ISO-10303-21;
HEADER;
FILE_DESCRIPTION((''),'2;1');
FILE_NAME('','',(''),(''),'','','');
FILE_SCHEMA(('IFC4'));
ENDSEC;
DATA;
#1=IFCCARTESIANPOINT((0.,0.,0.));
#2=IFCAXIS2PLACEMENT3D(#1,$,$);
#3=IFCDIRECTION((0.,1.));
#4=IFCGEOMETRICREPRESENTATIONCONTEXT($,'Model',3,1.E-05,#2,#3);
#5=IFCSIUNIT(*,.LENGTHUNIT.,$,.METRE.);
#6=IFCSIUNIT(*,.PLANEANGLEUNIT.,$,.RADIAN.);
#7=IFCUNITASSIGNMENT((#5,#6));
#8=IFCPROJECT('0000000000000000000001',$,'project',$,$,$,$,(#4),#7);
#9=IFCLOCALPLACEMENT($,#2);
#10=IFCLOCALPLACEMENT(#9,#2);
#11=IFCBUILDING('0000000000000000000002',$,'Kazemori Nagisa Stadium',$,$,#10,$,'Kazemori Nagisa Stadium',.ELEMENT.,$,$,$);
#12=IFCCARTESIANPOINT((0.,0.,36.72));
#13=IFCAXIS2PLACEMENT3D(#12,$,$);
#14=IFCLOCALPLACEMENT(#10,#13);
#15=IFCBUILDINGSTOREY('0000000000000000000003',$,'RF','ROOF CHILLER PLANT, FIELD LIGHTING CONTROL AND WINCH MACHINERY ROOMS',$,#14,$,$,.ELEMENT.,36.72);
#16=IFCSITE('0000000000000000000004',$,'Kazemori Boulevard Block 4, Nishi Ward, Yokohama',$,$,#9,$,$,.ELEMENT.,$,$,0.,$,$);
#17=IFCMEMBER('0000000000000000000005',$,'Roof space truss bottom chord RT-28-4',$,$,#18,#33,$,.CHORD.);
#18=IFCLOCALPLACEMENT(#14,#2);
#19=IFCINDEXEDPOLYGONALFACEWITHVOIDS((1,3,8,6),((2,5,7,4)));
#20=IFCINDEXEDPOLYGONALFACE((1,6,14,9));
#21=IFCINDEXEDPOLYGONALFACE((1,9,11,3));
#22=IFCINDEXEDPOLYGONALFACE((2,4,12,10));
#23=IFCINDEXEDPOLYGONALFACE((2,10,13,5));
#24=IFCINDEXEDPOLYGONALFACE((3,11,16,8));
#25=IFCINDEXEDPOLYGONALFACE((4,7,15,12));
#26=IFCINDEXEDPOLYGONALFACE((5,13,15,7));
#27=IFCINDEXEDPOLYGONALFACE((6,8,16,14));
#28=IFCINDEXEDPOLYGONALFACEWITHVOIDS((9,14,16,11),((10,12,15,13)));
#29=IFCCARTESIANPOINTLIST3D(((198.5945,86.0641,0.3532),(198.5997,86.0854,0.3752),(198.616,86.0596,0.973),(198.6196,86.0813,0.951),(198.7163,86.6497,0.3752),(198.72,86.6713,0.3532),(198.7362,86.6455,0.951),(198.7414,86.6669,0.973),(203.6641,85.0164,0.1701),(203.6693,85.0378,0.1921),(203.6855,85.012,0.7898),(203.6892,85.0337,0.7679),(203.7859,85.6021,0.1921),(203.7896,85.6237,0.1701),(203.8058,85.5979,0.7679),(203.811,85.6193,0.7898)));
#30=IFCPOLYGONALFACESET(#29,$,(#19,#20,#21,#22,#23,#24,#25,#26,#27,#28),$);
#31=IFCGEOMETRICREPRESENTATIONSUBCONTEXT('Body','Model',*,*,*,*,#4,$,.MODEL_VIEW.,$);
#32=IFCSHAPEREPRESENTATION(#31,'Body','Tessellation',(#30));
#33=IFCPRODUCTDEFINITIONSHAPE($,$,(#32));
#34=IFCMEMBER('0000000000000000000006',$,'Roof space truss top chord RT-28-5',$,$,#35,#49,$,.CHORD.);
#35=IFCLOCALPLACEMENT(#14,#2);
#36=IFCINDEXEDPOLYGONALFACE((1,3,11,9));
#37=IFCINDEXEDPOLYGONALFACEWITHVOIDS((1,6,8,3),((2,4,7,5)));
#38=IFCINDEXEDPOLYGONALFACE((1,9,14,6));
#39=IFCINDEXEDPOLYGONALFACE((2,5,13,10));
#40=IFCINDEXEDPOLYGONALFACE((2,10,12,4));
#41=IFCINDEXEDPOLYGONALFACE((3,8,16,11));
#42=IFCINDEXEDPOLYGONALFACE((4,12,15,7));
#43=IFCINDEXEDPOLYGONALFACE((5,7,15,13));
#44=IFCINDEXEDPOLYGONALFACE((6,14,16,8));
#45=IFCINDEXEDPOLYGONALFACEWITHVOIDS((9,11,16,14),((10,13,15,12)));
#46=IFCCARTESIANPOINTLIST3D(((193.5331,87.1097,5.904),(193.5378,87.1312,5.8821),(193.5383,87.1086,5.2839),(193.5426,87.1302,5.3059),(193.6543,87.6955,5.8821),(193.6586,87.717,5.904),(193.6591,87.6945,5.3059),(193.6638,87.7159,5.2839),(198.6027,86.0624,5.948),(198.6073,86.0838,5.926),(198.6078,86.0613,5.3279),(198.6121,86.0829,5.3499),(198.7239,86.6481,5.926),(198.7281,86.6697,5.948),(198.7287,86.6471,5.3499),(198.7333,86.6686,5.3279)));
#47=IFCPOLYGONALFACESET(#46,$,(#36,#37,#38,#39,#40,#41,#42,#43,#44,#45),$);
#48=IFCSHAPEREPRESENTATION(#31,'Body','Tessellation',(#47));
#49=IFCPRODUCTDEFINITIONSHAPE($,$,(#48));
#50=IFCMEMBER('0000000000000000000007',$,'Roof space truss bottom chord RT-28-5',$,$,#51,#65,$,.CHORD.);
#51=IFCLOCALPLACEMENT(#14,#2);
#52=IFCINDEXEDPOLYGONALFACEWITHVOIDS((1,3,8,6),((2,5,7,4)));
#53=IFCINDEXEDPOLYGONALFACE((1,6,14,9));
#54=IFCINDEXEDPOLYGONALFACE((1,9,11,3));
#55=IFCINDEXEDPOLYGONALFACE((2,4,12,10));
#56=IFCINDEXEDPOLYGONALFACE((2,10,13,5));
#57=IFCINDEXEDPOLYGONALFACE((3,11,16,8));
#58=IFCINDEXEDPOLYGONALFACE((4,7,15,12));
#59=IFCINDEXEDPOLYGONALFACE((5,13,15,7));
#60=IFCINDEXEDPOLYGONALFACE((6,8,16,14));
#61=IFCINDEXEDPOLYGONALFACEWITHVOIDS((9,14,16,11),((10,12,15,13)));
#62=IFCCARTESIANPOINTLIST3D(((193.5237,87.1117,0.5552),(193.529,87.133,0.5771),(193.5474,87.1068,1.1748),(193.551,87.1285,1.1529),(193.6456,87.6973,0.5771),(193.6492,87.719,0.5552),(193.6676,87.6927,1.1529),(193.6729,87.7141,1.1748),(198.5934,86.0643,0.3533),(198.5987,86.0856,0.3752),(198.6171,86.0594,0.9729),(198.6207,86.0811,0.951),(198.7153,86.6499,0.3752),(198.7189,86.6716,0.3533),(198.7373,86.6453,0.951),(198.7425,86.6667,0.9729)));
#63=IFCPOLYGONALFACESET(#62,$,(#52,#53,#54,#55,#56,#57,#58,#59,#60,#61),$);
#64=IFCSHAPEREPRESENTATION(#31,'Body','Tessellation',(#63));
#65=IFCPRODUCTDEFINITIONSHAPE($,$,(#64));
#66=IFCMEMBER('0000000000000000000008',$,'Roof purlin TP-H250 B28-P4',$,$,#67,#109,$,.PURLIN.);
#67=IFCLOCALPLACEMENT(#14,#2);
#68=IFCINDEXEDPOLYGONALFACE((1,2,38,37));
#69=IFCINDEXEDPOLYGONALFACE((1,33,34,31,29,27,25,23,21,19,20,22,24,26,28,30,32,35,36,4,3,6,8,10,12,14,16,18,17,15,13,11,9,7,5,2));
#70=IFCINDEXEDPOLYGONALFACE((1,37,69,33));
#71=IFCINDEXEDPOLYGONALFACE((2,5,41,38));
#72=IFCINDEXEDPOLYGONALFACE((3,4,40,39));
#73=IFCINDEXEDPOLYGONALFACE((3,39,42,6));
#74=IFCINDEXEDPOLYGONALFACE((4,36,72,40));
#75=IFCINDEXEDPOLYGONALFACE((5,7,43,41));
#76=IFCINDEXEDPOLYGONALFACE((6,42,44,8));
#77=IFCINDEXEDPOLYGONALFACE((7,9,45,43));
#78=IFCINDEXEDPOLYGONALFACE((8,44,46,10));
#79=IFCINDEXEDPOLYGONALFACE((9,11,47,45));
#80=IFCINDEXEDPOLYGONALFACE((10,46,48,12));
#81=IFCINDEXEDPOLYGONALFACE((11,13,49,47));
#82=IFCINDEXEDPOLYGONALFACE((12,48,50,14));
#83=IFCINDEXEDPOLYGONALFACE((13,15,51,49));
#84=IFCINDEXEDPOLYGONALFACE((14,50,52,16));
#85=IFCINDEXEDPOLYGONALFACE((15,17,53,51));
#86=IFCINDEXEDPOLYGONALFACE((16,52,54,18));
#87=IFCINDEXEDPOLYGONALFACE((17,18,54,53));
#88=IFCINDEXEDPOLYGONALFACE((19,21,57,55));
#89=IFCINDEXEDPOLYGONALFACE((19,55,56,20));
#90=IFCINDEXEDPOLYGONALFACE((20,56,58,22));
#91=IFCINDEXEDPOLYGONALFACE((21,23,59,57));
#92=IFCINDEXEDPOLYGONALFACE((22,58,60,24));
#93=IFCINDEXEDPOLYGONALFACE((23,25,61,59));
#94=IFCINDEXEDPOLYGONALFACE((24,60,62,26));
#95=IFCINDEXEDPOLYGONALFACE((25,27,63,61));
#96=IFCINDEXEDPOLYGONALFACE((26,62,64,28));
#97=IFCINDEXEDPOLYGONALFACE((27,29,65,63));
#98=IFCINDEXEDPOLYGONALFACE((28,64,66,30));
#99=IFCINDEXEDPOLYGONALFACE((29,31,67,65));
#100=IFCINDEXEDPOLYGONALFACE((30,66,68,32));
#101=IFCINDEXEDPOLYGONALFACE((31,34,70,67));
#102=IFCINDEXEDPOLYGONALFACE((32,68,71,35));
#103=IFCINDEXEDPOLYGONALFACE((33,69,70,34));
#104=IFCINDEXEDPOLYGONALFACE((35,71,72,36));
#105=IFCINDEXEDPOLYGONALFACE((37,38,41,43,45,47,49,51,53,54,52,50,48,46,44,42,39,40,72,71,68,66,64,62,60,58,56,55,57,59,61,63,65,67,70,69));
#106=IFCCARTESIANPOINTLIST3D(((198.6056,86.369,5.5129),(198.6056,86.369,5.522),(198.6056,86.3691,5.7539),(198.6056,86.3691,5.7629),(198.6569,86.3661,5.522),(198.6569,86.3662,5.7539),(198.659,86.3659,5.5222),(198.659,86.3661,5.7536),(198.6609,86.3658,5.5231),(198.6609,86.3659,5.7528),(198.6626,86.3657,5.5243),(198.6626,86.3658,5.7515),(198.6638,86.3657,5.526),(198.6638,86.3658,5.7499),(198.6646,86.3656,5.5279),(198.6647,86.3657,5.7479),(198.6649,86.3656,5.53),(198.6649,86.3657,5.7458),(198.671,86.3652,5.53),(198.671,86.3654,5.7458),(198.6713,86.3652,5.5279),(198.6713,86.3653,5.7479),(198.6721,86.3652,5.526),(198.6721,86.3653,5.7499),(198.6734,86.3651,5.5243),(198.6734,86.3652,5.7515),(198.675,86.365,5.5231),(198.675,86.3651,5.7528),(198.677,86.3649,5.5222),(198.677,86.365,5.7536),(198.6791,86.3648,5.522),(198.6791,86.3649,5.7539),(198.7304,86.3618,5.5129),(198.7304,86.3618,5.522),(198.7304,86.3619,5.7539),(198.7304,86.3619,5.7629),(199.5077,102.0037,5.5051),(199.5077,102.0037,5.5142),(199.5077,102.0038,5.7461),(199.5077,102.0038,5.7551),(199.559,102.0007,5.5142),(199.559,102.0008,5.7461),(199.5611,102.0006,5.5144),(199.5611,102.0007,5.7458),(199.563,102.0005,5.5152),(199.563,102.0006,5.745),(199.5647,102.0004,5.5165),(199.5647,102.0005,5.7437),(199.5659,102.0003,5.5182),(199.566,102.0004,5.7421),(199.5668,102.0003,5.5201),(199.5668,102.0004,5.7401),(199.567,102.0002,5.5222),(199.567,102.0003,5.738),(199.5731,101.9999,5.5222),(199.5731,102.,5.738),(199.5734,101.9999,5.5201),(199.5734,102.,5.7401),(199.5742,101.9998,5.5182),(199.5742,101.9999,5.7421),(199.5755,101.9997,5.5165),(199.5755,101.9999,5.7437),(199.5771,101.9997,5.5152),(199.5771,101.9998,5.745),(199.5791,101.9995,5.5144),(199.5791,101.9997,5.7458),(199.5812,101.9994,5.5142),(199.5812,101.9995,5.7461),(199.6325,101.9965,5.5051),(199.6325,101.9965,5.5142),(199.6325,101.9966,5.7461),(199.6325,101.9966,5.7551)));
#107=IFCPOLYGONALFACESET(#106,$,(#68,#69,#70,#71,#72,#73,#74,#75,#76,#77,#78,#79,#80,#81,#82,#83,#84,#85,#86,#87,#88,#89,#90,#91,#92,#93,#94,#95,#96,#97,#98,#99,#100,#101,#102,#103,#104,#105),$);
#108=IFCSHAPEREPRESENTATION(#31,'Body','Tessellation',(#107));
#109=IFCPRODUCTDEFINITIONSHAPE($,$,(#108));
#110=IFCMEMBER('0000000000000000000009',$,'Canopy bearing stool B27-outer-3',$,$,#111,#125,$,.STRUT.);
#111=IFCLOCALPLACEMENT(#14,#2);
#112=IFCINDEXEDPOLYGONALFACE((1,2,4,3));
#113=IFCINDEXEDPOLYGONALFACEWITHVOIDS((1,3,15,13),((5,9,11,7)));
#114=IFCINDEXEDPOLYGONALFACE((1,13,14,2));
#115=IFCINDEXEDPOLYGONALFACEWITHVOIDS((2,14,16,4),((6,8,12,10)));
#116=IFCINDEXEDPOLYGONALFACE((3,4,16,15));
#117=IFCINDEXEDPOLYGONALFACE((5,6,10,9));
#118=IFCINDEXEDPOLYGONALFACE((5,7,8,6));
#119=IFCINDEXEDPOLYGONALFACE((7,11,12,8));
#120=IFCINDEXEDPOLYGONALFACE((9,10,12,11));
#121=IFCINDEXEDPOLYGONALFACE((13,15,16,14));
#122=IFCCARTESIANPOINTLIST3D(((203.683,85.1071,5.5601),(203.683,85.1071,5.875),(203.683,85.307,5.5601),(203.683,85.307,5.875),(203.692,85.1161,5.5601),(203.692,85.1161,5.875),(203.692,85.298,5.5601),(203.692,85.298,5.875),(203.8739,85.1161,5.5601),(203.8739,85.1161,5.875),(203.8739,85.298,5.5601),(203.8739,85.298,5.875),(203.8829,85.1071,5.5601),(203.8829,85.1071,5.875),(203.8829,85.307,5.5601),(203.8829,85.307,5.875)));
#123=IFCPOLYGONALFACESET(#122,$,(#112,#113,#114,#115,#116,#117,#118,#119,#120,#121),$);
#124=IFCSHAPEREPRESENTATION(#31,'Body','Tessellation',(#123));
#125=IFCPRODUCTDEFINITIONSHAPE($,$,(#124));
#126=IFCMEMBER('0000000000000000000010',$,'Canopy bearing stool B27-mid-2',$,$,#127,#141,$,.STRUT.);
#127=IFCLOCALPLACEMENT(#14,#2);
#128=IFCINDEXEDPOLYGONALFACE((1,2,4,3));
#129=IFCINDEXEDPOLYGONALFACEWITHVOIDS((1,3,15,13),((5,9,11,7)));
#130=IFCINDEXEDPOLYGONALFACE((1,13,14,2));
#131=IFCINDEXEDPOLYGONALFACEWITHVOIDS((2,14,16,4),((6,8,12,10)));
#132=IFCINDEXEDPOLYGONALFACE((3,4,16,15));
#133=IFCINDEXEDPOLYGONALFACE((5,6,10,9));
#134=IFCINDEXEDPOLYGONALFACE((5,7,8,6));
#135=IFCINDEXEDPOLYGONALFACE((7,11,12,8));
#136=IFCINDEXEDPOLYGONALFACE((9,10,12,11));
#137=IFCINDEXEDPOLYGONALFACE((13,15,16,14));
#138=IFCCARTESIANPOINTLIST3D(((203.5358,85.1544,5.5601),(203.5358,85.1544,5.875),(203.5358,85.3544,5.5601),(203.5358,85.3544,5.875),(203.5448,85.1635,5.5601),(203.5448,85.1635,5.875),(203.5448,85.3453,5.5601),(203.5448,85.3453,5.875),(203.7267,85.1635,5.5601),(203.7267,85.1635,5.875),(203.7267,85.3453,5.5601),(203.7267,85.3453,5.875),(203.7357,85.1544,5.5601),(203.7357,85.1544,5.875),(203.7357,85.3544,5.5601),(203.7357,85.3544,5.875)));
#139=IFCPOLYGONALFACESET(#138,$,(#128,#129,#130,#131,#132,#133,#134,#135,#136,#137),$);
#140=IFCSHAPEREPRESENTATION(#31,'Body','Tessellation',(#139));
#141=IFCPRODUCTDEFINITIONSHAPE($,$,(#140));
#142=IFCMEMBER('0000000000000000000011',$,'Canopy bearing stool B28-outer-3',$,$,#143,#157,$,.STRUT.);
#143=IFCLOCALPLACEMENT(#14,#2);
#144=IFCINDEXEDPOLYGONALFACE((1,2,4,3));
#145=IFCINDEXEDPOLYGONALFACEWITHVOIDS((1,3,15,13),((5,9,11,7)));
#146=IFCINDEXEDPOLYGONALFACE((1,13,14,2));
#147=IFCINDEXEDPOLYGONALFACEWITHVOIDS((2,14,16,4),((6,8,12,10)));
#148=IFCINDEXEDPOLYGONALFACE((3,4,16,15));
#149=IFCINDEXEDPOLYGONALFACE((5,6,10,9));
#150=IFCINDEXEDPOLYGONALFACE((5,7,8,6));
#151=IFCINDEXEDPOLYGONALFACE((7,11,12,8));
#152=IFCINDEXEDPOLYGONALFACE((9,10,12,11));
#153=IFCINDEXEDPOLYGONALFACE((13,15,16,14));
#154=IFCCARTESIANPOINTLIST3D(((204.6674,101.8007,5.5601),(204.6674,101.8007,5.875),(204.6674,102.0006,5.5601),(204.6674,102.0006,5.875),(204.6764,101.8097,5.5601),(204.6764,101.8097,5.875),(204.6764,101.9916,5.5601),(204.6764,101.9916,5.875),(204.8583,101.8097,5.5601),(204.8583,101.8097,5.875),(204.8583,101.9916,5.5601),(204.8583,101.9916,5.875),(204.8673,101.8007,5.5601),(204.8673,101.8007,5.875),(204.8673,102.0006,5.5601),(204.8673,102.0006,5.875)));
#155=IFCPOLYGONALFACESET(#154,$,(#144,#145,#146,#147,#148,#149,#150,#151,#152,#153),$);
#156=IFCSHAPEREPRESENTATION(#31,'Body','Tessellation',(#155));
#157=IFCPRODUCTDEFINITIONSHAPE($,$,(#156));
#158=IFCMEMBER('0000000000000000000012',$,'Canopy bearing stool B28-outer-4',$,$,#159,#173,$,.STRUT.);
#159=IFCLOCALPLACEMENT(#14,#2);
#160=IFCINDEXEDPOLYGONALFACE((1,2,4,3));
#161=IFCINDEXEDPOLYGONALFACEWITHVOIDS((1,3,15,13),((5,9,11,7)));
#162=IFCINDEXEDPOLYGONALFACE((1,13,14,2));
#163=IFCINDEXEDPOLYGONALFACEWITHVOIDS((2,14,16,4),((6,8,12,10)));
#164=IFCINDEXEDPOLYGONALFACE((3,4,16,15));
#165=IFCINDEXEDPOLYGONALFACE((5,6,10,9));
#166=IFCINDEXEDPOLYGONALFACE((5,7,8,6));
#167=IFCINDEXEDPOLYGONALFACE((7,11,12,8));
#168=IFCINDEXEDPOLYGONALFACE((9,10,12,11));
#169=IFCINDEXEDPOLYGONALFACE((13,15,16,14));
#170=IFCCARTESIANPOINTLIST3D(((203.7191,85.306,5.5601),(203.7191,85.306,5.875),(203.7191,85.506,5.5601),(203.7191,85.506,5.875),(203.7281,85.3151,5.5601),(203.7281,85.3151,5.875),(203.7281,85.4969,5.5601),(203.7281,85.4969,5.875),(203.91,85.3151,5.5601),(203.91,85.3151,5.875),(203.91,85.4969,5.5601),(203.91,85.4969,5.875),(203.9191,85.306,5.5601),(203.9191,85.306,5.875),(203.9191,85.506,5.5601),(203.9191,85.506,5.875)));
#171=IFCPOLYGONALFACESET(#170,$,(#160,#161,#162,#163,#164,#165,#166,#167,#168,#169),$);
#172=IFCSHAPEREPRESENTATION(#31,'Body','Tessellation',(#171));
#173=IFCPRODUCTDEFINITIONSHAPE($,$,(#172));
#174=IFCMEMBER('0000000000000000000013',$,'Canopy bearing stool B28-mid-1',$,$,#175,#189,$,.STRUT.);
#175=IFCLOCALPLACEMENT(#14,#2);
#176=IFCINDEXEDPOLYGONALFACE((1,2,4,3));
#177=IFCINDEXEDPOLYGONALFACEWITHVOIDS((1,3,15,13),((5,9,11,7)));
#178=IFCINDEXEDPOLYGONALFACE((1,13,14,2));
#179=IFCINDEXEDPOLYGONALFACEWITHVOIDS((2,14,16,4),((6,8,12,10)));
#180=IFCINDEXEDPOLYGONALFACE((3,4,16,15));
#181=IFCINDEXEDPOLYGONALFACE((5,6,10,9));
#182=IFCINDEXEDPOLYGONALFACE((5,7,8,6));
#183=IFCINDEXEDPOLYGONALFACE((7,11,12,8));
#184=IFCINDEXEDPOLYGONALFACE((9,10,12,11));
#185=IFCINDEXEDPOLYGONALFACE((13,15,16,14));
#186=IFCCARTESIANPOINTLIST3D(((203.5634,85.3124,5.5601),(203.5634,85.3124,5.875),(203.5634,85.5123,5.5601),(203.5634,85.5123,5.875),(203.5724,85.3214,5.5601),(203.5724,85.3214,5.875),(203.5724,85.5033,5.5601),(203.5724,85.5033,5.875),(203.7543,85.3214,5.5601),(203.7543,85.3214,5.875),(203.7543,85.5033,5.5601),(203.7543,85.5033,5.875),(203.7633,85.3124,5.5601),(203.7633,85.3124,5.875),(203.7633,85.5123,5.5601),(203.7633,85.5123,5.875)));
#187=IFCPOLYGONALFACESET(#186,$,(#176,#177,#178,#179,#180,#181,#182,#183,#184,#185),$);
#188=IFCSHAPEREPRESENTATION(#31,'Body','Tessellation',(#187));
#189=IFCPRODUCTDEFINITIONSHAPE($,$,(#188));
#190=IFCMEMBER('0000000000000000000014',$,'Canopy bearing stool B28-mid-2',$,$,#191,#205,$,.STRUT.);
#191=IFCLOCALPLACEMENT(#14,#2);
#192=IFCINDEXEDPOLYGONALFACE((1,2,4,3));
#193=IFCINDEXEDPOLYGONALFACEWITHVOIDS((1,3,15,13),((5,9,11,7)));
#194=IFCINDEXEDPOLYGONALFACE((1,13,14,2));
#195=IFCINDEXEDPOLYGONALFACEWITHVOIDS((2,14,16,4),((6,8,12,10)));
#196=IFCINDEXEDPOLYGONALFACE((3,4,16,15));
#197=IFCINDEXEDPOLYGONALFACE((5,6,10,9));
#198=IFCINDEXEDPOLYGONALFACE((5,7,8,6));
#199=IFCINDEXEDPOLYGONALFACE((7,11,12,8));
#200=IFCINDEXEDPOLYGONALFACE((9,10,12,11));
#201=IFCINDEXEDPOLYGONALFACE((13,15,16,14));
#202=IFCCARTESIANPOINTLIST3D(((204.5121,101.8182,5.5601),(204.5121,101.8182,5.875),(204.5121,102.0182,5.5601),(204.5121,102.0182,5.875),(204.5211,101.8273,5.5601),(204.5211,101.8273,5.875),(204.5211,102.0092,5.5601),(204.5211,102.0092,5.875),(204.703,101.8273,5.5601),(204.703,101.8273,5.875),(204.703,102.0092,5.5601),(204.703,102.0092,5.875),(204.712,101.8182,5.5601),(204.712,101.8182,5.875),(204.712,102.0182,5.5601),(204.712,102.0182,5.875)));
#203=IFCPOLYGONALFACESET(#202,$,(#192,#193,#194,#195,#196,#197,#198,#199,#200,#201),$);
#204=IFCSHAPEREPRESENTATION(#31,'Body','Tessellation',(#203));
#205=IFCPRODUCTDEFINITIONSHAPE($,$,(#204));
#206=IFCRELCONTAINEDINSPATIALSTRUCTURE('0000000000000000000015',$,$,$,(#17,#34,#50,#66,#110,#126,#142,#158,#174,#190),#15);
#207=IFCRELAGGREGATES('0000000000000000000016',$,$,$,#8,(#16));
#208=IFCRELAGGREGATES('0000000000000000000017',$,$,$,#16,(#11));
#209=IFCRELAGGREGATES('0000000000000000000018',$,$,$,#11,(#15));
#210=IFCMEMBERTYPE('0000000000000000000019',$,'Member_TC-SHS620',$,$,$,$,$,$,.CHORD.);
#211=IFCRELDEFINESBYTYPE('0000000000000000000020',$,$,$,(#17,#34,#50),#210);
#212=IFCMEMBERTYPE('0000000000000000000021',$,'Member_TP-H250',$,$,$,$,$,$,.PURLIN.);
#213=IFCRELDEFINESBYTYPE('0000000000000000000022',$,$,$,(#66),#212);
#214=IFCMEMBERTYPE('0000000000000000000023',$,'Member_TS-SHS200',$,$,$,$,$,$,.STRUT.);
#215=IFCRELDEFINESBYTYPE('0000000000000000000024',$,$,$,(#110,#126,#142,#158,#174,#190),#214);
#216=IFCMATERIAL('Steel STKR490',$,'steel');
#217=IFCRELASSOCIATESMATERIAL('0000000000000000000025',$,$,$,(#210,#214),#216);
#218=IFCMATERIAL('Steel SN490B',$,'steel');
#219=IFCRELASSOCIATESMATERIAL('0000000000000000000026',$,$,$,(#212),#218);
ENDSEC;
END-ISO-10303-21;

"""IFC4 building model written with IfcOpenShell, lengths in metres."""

from ifc_helpers import new_model, si_unit, direction, frame, origin, origin_2d, place, context, subcontext, project, spatial, hollow_rectangle, i_section, extrude, material, material_profile, profile_set, type_object, element, save


model = new_model("IFC4")

# Units and contexts
model_context = context("Model", 3, precision=1e-05, world=origin(), true_north=direction((0.0, 1.0)))
body_context = subcontext(model_context, "Body", "Model", "MODEL_VIEW")
ifc_project = project(units=[si_unit("LENGTHUNIT", "METRE"), si_unit("PLANEANGLEUNIT", "RADIAN")], contexts=[model_context])

# Site, building, storey
site_placement = place(None, origin())
site = spatial("IfcSite", under=ifc_project, at=site_placement, Name="Kazemori Boulevard Block 4, Nishi Ward, Yokohama", CompositionType="ELEMENT", RefElevation=0.0)
building_placement = place(site_placement, origin())
building = spatial("IfcBuilding", under=site, at=building_placement, Name="Kazemori Nagisa Stadium", LongName="Kazemori Nagisa Stadium", CompositionType="ELEMENT")
storey_placement = place(building_placement, frame((0.0, 0.0, 36.72)))
storey = spatial("IfcBuildingStorey", under=building, at=storey_placement, Name="RF", Description="ROOF CHILLER PLANT, FIELD LIGHTING CONTROL AND WINCH MACHINERY ROOMS", CompositionType="ELEMENT", Elevation=36.72)

# Shared definitions
ifc_material_1 = material(Name="Steel SN490B", Category="steel")

# Members
ifc_material_2 = material(Name="Steel STKR490", Category="steel")
ifc_material_profile_1 = material_profile(ifc_material_2, hollow_rectangle(XDim=0.6201, YDim=0.6201, WallThickness=0.022, at=origin_2d()), Name="SHS-620x620x22")
ifc_profile_set_1 = profile_set([ifc_material_profile_1], Name="Steel STKR490")
member_type_1 = type_object("IfcMemberType", Name="Member_TC-SHS620", PredefinedType="CHORD", material=ifc_profile_set_1)
member_1_placement = place(storey_placement, frame((203.7375, 85.3179, 0.48), z_axis=(-0.978697, 0.202244, 0.035349), x_axis=(-0.20237, -0.979309, 0.0)))
element("IfcMember", 1, at=member_1_placement, inside=storey, type_object=member_type_1, Name="Roof space truss bottom chord RT-28-4", PredefinedType="CHORD", context=body_context, shape_type="SweptSolid", body=[
    extrude(hollow_rectangle(XDim=0.6201, YDim=0.6201, WallThickness=0.022, at=origin_2d()), origin(), (0.0, 0.0, 1.0), 5.1799),
])
member_2_placement = place(storey_placement, frame((198.668, 86.3655, 5.6379), z_axis=(-0.979283, 0.202318, -0.008489), x_axis=(-0.202325, -0.979318, 0.0)))
element("IfcMember", 2, at=member_2_placement, inside=storey, type_object=member_type_1, Name="Roof space truss top chord RT-28-5", PredefinedType="CHORD", context=body_context, shape_type="SweptSolid", body=[
    extrude(hollow_rectangle(XDim=0.6201, YDim=0.6201, WallThickness=0.022, at=origin_2d()), origin(), (0.0, 0.0, 1.0), 5.1768),
])
member_3_placement = place(storey_placement, frame((198.668, 86.3655, 0.6631), z_axis=(-0.978574, 0.202171, 0.038973), x_axis=(-0.202325, -0.979318, 0.0)))
element("IfcMember", 3, at=member_3_placement, inside=storey, type_object=member_type_1, Name="Roof space truss bottom chord RT-28-5", PredefinedType="CHORD", context=body_context, shape_type="SweptSolid", body=[
    extrude(hollow_rectangle(XDim=0.6201, YDim=0.6201, WallThickness=0.022, at=origin_2d()), origin(), (0.0, 0.0, 1.0), 5.1807),
])
ifc_material_profile_2 = material_profile(ifc_material_1, i_section(OverallWidth=0.125, OverallDepth=0.25, WebThickness=0.0061, FlangeThickness=0.009, FilletRadius=0.0081, at=origin_2d()), Name="H-250x125x6x9")
ifc_profile_set_2 = profile_set([ifc_material_profile_2], Name="Steel SN490B")
member_type_2 = type_object("IfcMemberType", Name="Member_TP-H250", PredefinedType="PURLIN", material=ifc_profile_set_2)
member_4_placement = place(storey_placement, frame((198.668, 86.3655, 5.6379), z_axis=(0.057603, 0.998339, -0.000499), x_axis=(-0.99834, 0.057603, 0.0)))
element("IfcMember", 4, at=member_4_placement, inside=storey, type_object=member_type_2, Name="Roof purlin TP-H250 B28-P4", PredefinedType="PURLIN", context=body_context, shape_type="SweptSolid", body=[
    extrude(i_section(OverallWidth=0.125, OverallDepth=0.25, WebThickness=0.0061, FlangeThickness=0.009, FilletRadius=0.0081, at=origin_2d()), origin(), (0.0, 0.0, 1.0), 15.6606),
])
ifc_material_profile_3 = material_profile(ifc_material_2, hollow_rectangle(XDim=0.2, YDim=0.2, WallThickness=0.009, at=origin_2d()), Name="SHS-200x200x9")
ifc_profile_set_3 = profile_set([ifc_material_profile_3], Name="Steel STKR490")
member_type_3 = type_object("IfcMemberType", Name="Member_TS-SHS200", PredefinedType="STRUT", material=ifc_profile_set_3)
for number, where, z_axis, x_axis, name in (
    (5, (203.783, 85.207, 5.5601), (0.0, 0.0, 1.0), (1.0, 0.0, 0.0), "Canopy bearing stool B27-outer-3"),
    (6, (203.6357, 85.2544, 5.5601), (0.0, 0.0, 1.0), (1.0, 0.0, 0.0), "Canopy bearing stool B27-mid-2"),
    (7, (204.7673, 101.9006, 5.5601), (0.0, 0.0, 1.0), (1.0, 0.0, 0.0), "Canopy bearing stool B28-outer-3"),
    (8, (203.8191, 85.406, 5.5601), (0.0, 0.0, 1.0), (1.0, 0.0, 0.0), "Canopy bearing stool B28-outer-4"),
    (9, (203.6633, 85.4124, 5.5601), (0.0, 0.0, 1.0), (1.0, 0.0, 0.0), "Canopy bearing stool B28-mid-1"),
    (10, (204.6121, 101.9182, 5.5601), (0.0, 0.0, 1.0), (1.0, 0.0, 0.0), "Canopy bearing stool B28-mid-2"),
):
    element("IfcMember", number, at=place(storey_placement, frame(where, z_axis=z_axis, x_axis=x_axis)), inside=storey, type_object=member_type_3, Name=name, PredefinedType="STRUT", context=body_context, shape_type="SweptSolid", body=[
        extrude(hollow_rectangle(XDim=0.2, YDim=0.2, WallThickness=0.009, at=origin_2d()), origin(), (0.0, 0.0, 1.0), 0.3149),
    ])

save(model, "model.ifc")
